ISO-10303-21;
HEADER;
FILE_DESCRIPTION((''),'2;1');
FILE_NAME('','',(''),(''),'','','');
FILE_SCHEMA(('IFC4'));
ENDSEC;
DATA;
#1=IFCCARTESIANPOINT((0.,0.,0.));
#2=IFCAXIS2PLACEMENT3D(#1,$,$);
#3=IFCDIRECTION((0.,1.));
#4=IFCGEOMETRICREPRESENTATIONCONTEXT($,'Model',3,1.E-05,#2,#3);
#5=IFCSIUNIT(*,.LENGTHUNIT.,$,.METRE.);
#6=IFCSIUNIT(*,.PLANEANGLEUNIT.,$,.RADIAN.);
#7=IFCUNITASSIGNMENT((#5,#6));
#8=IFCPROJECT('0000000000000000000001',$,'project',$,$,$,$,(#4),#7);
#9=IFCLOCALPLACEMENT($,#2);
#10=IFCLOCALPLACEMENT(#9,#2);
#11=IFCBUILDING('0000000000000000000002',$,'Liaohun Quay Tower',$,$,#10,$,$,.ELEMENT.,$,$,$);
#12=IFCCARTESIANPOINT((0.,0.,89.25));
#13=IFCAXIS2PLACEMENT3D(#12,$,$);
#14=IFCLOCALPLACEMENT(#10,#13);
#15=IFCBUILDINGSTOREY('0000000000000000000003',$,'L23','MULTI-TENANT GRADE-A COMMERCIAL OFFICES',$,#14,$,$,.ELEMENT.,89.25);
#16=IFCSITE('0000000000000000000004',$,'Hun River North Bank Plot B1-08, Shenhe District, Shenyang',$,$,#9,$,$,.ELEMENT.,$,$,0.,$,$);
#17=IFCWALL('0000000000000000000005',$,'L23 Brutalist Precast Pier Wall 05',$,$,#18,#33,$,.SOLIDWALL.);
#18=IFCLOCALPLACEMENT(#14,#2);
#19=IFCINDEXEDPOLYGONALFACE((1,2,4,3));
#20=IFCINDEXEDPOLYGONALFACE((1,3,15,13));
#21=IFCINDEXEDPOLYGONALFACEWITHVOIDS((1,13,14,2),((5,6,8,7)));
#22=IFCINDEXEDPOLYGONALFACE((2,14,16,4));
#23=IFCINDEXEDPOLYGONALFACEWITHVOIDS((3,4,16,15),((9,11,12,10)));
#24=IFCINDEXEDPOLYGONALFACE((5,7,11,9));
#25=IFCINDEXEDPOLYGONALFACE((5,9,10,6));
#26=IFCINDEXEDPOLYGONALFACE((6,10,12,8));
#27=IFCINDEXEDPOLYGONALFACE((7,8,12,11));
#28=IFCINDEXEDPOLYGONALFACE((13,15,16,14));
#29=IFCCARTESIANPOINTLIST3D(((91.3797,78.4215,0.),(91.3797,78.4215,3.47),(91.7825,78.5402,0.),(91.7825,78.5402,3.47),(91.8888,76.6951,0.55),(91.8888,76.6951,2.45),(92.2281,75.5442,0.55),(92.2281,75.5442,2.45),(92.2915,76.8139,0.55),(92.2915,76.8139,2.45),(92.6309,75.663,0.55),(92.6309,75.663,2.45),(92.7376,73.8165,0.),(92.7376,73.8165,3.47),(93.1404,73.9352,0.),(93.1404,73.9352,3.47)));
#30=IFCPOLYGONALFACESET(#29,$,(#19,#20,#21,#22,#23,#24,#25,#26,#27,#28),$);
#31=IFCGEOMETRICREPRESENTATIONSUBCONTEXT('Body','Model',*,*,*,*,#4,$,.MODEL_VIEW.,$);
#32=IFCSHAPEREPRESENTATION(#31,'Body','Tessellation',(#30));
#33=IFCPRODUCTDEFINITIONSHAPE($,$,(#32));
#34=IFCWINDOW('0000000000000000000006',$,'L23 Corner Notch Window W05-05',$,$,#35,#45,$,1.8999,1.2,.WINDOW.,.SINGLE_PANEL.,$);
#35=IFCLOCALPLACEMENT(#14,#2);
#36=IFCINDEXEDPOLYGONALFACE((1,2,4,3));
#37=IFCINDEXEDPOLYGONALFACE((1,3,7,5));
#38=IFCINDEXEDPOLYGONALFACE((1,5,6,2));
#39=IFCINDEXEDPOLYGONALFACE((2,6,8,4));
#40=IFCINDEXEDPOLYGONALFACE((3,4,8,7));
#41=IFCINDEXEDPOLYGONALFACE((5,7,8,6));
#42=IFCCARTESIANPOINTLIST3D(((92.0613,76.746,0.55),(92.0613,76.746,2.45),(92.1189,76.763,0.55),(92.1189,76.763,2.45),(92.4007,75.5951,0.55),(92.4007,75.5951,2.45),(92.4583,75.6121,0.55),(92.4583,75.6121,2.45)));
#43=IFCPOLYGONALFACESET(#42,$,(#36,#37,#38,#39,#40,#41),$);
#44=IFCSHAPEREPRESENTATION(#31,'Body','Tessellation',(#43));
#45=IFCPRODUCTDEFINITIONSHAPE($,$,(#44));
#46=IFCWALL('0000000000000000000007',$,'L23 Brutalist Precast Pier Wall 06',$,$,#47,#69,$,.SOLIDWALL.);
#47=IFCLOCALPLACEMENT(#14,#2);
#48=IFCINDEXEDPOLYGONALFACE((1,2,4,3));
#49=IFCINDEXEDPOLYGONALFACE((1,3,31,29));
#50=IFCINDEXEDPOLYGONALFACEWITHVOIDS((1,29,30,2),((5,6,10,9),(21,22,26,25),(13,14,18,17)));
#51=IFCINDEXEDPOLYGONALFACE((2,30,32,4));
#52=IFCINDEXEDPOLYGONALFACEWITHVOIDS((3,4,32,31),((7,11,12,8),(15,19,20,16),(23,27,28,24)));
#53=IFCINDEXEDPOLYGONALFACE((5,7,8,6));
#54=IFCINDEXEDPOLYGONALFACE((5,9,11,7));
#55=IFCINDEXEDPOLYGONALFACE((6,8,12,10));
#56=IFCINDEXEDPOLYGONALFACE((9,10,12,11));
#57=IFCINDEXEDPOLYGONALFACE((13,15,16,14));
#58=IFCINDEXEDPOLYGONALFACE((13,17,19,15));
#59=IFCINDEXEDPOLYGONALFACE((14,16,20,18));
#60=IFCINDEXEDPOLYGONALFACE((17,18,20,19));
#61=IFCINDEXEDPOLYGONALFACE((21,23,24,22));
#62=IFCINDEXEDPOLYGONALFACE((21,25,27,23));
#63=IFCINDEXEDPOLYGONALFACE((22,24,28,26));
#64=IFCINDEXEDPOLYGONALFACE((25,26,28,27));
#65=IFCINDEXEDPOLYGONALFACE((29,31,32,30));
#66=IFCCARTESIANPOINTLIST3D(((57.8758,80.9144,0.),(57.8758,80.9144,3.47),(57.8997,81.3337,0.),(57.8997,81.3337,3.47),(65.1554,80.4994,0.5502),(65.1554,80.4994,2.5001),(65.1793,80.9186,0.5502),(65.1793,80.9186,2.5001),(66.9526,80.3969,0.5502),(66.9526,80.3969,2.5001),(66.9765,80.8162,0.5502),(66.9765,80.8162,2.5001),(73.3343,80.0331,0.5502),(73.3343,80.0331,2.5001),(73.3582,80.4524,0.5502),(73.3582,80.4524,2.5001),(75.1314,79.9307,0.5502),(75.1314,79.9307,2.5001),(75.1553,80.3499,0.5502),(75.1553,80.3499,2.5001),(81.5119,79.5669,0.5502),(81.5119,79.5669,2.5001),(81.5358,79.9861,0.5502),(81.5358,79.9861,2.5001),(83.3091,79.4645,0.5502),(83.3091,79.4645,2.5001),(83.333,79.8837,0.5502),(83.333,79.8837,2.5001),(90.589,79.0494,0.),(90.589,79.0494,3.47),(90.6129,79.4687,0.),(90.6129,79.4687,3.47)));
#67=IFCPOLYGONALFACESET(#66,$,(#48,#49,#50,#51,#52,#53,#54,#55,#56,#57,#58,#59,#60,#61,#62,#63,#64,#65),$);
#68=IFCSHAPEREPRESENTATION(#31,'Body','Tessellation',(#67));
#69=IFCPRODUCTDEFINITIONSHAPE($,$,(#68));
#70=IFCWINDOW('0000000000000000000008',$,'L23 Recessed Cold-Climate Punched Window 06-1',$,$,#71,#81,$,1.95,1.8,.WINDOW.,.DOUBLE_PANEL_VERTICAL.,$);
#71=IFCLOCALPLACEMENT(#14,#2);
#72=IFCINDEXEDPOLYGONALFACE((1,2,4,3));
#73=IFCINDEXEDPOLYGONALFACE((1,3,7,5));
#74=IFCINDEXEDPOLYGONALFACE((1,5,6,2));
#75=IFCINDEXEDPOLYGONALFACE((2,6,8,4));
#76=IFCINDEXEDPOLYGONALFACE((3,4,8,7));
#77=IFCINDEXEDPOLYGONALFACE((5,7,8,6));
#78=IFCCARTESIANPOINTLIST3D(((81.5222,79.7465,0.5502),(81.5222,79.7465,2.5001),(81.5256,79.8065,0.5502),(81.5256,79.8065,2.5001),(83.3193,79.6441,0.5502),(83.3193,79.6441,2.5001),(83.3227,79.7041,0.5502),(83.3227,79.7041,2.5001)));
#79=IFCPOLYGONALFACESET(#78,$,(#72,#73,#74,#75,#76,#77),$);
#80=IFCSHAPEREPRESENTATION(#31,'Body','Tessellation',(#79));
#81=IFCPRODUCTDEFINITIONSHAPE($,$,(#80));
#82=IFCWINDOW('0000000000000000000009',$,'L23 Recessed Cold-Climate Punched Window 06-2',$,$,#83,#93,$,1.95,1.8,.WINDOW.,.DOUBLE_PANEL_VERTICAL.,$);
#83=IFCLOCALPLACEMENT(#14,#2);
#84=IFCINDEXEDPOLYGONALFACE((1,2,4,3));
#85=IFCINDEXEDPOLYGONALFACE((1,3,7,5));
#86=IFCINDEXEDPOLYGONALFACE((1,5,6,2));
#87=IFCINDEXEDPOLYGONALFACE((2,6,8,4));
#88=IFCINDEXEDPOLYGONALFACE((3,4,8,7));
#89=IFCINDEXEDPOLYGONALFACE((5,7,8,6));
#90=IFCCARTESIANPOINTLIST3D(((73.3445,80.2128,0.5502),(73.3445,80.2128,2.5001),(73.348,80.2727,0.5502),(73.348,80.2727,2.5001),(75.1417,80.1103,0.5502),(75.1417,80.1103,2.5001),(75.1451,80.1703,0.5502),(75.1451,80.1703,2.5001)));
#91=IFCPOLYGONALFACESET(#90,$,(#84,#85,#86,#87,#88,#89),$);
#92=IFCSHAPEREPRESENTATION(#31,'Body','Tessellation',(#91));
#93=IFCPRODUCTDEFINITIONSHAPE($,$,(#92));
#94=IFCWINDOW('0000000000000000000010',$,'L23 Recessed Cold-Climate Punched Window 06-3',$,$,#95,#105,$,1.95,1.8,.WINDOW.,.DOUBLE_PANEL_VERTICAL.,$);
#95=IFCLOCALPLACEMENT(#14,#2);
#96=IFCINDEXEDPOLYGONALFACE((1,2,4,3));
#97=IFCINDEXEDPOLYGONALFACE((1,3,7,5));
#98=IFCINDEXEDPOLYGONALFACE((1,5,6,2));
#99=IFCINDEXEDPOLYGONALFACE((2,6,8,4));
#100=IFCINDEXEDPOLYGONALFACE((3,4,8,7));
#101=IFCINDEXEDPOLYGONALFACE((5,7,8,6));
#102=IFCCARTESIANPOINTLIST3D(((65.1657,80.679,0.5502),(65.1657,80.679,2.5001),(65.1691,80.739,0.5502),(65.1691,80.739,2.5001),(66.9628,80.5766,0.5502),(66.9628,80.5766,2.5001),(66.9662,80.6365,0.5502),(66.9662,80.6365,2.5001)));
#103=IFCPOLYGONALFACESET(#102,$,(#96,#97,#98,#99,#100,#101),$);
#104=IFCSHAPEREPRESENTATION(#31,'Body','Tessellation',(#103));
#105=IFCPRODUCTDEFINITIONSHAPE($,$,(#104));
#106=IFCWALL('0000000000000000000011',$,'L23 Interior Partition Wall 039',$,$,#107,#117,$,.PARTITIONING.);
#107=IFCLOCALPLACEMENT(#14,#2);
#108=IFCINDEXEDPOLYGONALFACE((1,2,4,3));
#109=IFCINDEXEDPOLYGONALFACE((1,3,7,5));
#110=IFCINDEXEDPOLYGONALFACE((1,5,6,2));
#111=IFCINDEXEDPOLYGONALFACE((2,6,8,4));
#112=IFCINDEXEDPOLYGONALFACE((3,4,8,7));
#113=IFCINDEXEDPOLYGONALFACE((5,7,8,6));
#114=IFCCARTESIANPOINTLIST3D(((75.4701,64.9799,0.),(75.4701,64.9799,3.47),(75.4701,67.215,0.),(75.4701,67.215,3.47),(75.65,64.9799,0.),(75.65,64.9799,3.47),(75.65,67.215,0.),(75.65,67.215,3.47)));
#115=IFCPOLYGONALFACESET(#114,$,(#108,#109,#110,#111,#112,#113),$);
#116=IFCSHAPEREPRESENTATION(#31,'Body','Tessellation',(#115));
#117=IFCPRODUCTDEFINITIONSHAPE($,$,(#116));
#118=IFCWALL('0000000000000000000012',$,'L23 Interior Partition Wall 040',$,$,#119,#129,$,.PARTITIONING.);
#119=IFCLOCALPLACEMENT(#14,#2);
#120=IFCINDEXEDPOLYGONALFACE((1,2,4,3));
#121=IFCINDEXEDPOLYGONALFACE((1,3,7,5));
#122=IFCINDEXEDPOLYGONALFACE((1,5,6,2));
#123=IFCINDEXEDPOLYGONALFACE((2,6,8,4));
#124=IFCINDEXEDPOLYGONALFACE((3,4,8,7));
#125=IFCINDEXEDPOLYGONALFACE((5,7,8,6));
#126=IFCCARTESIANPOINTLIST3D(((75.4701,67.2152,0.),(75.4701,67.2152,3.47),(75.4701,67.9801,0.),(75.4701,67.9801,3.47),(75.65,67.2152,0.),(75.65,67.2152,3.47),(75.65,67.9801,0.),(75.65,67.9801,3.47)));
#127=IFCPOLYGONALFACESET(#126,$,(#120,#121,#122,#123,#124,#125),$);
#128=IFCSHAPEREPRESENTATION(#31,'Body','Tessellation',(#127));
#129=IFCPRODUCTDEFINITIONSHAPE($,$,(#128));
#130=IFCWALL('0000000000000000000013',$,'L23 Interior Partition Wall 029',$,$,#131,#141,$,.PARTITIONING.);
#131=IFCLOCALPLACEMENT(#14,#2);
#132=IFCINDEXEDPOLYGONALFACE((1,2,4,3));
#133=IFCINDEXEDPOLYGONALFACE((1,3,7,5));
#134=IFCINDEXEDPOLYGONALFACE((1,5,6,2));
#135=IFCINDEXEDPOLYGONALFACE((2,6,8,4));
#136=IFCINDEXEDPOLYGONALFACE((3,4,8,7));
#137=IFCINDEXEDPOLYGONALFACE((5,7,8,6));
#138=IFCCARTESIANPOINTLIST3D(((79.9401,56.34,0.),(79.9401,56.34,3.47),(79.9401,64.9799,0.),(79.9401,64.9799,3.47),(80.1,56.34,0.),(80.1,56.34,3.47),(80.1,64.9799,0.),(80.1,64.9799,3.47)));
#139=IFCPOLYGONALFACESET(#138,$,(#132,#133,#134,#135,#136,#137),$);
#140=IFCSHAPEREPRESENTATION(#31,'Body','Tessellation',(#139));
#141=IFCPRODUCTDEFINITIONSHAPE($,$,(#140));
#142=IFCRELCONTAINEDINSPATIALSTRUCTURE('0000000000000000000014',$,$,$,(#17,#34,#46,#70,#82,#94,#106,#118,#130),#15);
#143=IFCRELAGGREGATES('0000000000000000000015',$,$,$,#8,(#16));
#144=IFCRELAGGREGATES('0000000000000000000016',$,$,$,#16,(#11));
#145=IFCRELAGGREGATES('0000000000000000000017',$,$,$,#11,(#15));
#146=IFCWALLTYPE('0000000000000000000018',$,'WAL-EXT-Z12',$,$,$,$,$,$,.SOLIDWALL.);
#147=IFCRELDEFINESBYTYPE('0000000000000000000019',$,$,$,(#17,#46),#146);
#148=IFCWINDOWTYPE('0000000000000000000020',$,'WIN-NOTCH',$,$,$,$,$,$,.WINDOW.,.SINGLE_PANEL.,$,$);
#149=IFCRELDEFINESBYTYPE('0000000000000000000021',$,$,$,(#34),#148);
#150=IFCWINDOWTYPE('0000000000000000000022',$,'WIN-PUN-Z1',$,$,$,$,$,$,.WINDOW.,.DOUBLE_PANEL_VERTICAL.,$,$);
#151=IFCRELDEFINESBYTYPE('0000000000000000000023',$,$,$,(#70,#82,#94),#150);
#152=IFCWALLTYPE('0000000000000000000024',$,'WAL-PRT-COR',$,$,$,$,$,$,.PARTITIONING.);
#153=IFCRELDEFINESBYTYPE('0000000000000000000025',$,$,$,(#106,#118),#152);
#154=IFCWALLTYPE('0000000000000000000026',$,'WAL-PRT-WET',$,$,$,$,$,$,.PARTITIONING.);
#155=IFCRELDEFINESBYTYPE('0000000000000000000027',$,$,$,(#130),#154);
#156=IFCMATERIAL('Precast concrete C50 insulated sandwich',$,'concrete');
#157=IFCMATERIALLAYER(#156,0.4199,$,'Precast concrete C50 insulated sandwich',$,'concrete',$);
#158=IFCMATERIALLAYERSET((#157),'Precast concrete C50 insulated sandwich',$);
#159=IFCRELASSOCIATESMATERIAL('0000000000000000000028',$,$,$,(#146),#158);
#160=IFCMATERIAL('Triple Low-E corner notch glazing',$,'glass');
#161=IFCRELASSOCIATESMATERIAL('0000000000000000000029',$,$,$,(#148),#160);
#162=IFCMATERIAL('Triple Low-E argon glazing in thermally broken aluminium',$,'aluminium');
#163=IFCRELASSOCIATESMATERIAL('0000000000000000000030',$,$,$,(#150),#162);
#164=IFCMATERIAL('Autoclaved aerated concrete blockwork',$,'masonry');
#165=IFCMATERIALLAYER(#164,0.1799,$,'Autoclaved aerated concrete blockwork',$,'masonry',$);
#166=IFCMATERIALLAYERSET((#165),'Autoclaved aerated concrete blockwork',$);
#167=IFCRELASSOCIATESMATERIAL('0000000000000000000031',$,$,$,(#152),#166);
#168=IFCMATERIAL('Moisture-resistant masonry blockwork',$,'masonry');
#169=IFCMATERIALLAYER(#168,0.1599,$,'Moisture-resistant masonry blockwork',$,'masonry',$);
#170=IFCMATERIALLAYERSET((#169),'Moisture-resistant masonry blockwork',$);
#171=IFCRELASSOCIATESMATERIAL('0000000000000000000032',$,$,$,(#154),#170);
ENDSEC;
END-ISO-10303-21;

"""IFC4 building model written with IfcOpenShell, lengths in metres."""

from ifc_helpers import new_model, si_unit, direction, frame, frame_2d, origin, place, context, subcontext, project, spatial, rectangle, extrude, source, transform, mapped, material, layer, layer_set, type_object, element, fill, save


model = new_model("IFC4")

# Units and contexts
model_context = context("Model", 3, precision=1e-05, world=origin(), true_north=direction((0.0, 1.0)))
body_context = subcontext(model_context, "Body", "Model", "MODEL_VIEW")
ifc_project = project(units=[si_unit("LENGTHUNIT", "METRE"), si_unit("PLANEANGLEUNIT", "RADIAN")], contexts=[model_context])

# Site, building, storey
site_placement = place(None, origin())
site = spatial("IfcSite", under=ifc_project, at=site_placement, Name="Hun River North Bank Plot B1-08, Shenhe District, Shenyang", CompositionType="ELEMENT", RefElevation=0.0)
building_placement = place(site_placement, origin())
building = spatial("IfcBuilding", under=site, at=building_placement, Name="Liaohun Quay Tower", CompositionType="ELEMENT")
storey_placement = place(building_placement, frame((0.0, 0.0, 89.25)))
storey = spatial("IfcBuildingStorey", under=building, at=storey_placement, Name="L23", Description="MULTI-TENANT GRADE-A COMMERCIAL OFFICES", CompositionType="ELEMENT", Elevation=89.25)

# Wall, opening, window
ifc_material_1 = material(Name="Precast concrete C50 insulated sandwich", Category="concrete")
ifc_layer_1 = layer(ifc_material_1, 0.4199, Name="Precast concrete C50 insulated sandwich", Category="concrete")
ifc_layer_set_1 = layer_set([ifc_layer_1], Name="Precast concrete C50 insulated sandwich")
wall_type_1 = type_object("IfcWallType", Name="WAL-EXT-Z12", PredefinedType="SOLIDWALL", material=ifc_layer_set_1)
shared_shape_1 = source(origin(), body_context, "Body", "SweptSolid", [
    extrude(rectangle(XDim=1.2, YDim=1.8999, at=frame_2d((0.6001, 0.95))), frame((0.0, 0.22, 0.0), z_axis=(0.0, -1.0, 0.0), x_axis=(1.0, 0.0, 0.0)), (0.0, 0.0, 1.0), 0.4399),
])
ifc_material_2 = material(Name="Triple Low-E corner notch glazing", Category="glass")
window_type_1 = type_object("IfcWindowType", Name="WIN-NOTCH", PartitioningType="SINGLE_PANEL", PredefinedType="WINDOW", material=ifc_material_2)
shared_shape_2 = source(origin(), body_context, "Body", "SweptSolid", [
    extrude(rectangle(XDim=1.2, YDim=1.8999, at=frame_2d((0.6001, 0.95))), frame((0.0, 0.03, 0.0), z_axis=(0.0, -1.0, 0.0), x_axis=(1.0, 0.0, 0.0)), (0.0, 0.0, 1.0), 0.0601),
])
wall_1_placement = place(storey_placement, frame((92.939, 73.876, 0.0), z_axis=(0.0, 0.0, 1.0), x_axis=(-0.282838, 0.959168, 0.0)))
wall_1 = element("IfcWall", 1, at=wall_1_placement, inside=storey, type_object=wall_type_1, Name="L23 Brutalist Precast Pier Wall 05", PredefinedType="SOLIDWALL", context=body_context, shape_type="SweptSolid", body=[
    extrude(rectangle(XDim=4.801, YDim=0.4199, at=frame_2d((2.4004, 0.0))), origin(), (0.0, 0.0, 1.0), 3.47),
])
opening_1_placement = place(wall_1_placement, frame((1.801, 0.0, 0.55)))
opening_1 = element("IfcOpeningElement", 2, at=opening_1_placement, cuts=wall_1, PredefinedType="OPENING", context=body_context, shape_type="MappedRepresentation", body=[
    mapped(shared_shape_1, transform((0.0, 0.0, 0.0), x_axis=(1.0, 0.0, 0.0), y_axis=(0.0, 1.0, 0.0), z_axis=(0.0, 0.0, 1.0), scale=1.0)),
])
window_1_placement = place(opening_1_placement, origin())
window_1 = element("IfcWindow", 3, at=window_1_placement, inside=storey, type_object=window_type_1, Name="L23 Corner Notch Window W05-05", OverallHeight=1.8999, OverallWidth=1.2, PartitioningType="SINGLE_PANEL", PredefinedType="WINDOW", context=body_context, shape_type="MappedRepresentation", body=[
    mapped(shared_shape_2, transform((0.0, 0.0, 0.0), x_axis=(1.0, 0.0, 0.0), y_axis=(0.0, 1.0, 0.0), z_axis=(0.0, 0.0, 1.0), scale=1.0)),
])
fill(opening_1, window_1)

# Wall, openings, windows
wall_2_placement = place(storey_placement, frame((90.6011, 79.259, 0.0), z_axis=(0.0, 0.0, 1.0), x_axis=(-0.998379, 0.056918, 0.0)))
wall_2 = element("IfcWall", 4, at=wall_2_placement, inside=storey, type_object=wall_type_1, Name="L23 Brutalist Precast Pier Wall 06", PredefinedType="SOLIDWALL", context=body_context, shape_type="SweptSolid", body=[
    extrude(rectangle(XDim=32.7664, YDim=0.4199, at=frame_2d((16.3833, 0.0))), origin(), (0.0, 0.0, 1.0), 3.47),
])
shared_shape_3 = source(origin(), body_context, "Body", "SweptSolid", [
    extrude(rectangle(XDim=1.8, YDim=1.95, at=frame_2d((0.8999, 0.9751))), frame((0.0, 0.22, 0.0), z_axis=(0.0, -1.0, 0.0), x_axis=(1.0, 0.0, 0.0)), (0.0, 0.0, 1.0), 0.4399),
])
opening_2_placement = place(wall_2_placement, frame((7.292, 0.0, 0.55)))
opening_2 = element("IfcOpeningElement", 5, at=opening_2_placement, cuts=wall_2, PredefinedType="OPENING", context=body_context, shape_type="MappedRepresentation", body=[
    mapped(shared_shape_3, transform((0.0, 0.0, 0.0), x_axis=(1.0, 0.0, 0.0), y_axis=(0.0, 1.0, 0.0), z_axis=(0.0, 0.0, 1.0), scale=1.0)),
])
opening_3_placement = place(wall_2_placement, frame((15.4829, 0.0, 0.55)))
opening_3 = element("IfcOpeningElement", 6, at=opening_3_placement, cuts=wall_2, PredefinedType="OPENING", context=body_context, shape_type="MappedRepresentation", body=[
    mapped(shared_shape_3, transform((0.0, 0.0, 0.0), x_axis=(1.0, 0.0, 0.0), y_axis=(0.0, 1.0, 0.0), z_axis=(0.0, 0.0, 1.0), scale=1.0)),
])
opening_4_placement = place(wall_2_placement, frame((23.675, 0.0, 0.55)))
opening_4 = element("IfcOpeningElement", 7, at=opening_4_placement, cuts=wall_2, PredefinedType="OPENING", context=body_context, shape_type="MappedRepresentation", body=[
    mapped(shared_shape_3, transform((0.0, 0.0, 0.0), x_axis=(1.0, 0.0, 0.0), y_axis=(0.0, 1.0, 0.0), z_axis=(0.0, 0.0, 1.0), scale=1.0)),
])
ifc_material_3 = material(Name="Triple Low-E argon glazing in thermally broken aluminium", Category="aluminium")
window_type_2 = type_object("IfcWindowType", Name="WIN-PUN-Z1", PartitioningType="DOUBLE_PANEL_VERTICAL", PredefinedType="WINDOW", material=ifc_material_3)
shared_shape_4 = source(origin(), body_context, "Body", "SweptSolid", [
    extrude(rectangle(XDim=1.8, YDim=1.95, at=frame_2d((0.8999, 0.9751))), frame((0.0, 0.03, 0.0), z_axis=(0.0, -1.0, 0.0), x_axis=(1.0, 0.0, 0.0)), (0.0, 0.0, 1.0), 0.0601),
])
window_2_placement = place(opening_2_placement, origin())
window_2 = element("IfcWindow", 8, at=window_2_placement, inside=storey, type_object=window_type_2, Name="L23 Recessed Cold-Climate Punched Window 06-1", OverallHeight=1.95, OverallWidth=1.8, PartitioningType="DOUBLE_PANEL_VERTICAL", PredefinedType="WINDOW", context=body_context, shape_type="MappedRepresentation", body=[
    mapped(shared_shape_4, transform((0.0, 0.0, 0.0), x_axis=(1.0, 0.0, 0.0), y_axis=(0.0, 1.0, 0.0), z_axis=(0.0, 0.0, 1.0), scale=1.0)),
])
fill(opening_2, window_2)
window_3_placement = place(opening_3_placement, origin())
window_3 = element("IfcWindow", 9, at=window_3_placement, inside=storey, type_object=window_type_2, Name="L23 Recessed Cold-Climate Punched Window 06-2", OverallHeight=1.95, OverallWidth=1.8, PartitioningType="DOUBLE_PANEL_VERTICAL", PredefinedType="WINDOW", context=body_context, shape_type="MappedRepresentation", body=[
    mapped(shared_shape_4, transform((0.0, 0.0, 0.0), x_axis=(1.0, 0.0, 0.0), y_axis=(0.0, 1.0, 0.0), z_axis=(0.0, 0.0, 1.0), scale=1.0)),
])
fill(opening_3, window_3)
window_4_placement = place(opening_4_placement, origin())
window_4 = element("IfcWindow", 10, at=window_4_placement, inside=storey, type_object=window_type_2, Name="L23 Recessed Cold-Climate Punched Window 06-3", OverallHeight=1.95, OverallWidth=1.8, PartitioningType="DOUBLE_PANEL_VERTICAL", PredefinedType="WINDOW", context=body_context, shape_type="MappedRepresentation", body=[
    mapped(shared_shape_4, transform((0.0, 0.0, 0.0), x_axis=(1.0, 0.0, 0.0), y_axis=(0.0, 1.0, 0.0), z_axis=(0.0, 0.0, 1.0), scale=1.0)),
])
fill(opening_4, window_4)

# Walls
ifc_material_4 = material(Name="Autoclaved aerated concrete blockwork", Category="masonry")
ifc_layer_2 = layer(ifc_material_4, 0.1799, Name="Autoclaved aerated concrete blockwork", Category="masonry")
ifc_layer_set_2 = layer_set([ifc_layer_2], Name="Autoclaved aerated concrete blockwork")
wall_type_2 = type_object("IfcWallType", Name="WAL-PRT-COR", PredefinedType="PARTITIONING", material=ifc_layer_set_2)
wall_3_placement = place(storey_placement, frame((75.5601, 67.2151, 0.0), z_axis=(0.0, 0.0, 1.0), x_axis=(0.0, -1.0, 0.0)))
element("IfcWall", 11, at=wall_3_placement, inside=storey, type_object=wall_type_2, Name="L23 Interior Partition Wall 039", PredefinedType="PARTITIONING", context=body_context, shape_type="SweptSolid", body=[
    extrude(rectangle(XDim=2.2351, YDim=0.1799, at=frame_2d((1.1177, 0.0))), origin(), (0.0, 0.0, 1.0), 3.47),
])
wall_4_placement = place(storey_placement, frame((75.5601, 67.98, 0.0), z_axis=(0.0, 0.0, 1.0), x_axis=(0.0, -1.0, 0.0)))
element("IfcWall", 12, at=wall_4_placement, inside=storey, type_object=wall_type_2, Name="L23 Interior Partition Wall 040", PredefinedType="PARTITIONING", context=body_context, shape_type="SweptSolid", body=[
    extrude(rectangle(XDim=0.7649, YDim=0.1799, at=frame_2d((0.3823, 0.0))), origin(), (0.0, 0.0, 1.0), 3.47),
])
ifc_material_5 = material(Name="Moisture-resistant masonry blockwork", Category="masonry")
ifc_layer_3 = layer(ifc_material_5, 0.1599, Name="Moisture-resistant masonry blockwork", Category="masonry")
ifc_layer_set_3 = layer_set([ifc_layer_3], Name="Moisture-resistant masonry blockwork")
wall_type_3 = type_object("IfcWallType", Name="WAL-PRT-WET", PredefinedType="PARTITIONING", material=ifc_layer_set_3)
wall_5_placement = place(storey_placement, frame((80.02, 56.3401, 0.0), z_axis=(0.0, 0.0, 1.0), x_axis=(0.0, 1.0, 0.0)))
element("IfcWall", 13, at=wall_5_placement, inside=storey, type_object=wall_type_3, Name="L23 Interior Partition Wall 029", PredefinedType="PARTITIONING", context=body_context, shape_type="SweptSolid", body=[
    extrude(rectangle(XDim=8.6399, YDim=0.1599, at=frame_2d((4.3198, 0.0))), origin(), (0.0, 0.0, 1.0), 3.47),
])

save(model, "model.ifc")
